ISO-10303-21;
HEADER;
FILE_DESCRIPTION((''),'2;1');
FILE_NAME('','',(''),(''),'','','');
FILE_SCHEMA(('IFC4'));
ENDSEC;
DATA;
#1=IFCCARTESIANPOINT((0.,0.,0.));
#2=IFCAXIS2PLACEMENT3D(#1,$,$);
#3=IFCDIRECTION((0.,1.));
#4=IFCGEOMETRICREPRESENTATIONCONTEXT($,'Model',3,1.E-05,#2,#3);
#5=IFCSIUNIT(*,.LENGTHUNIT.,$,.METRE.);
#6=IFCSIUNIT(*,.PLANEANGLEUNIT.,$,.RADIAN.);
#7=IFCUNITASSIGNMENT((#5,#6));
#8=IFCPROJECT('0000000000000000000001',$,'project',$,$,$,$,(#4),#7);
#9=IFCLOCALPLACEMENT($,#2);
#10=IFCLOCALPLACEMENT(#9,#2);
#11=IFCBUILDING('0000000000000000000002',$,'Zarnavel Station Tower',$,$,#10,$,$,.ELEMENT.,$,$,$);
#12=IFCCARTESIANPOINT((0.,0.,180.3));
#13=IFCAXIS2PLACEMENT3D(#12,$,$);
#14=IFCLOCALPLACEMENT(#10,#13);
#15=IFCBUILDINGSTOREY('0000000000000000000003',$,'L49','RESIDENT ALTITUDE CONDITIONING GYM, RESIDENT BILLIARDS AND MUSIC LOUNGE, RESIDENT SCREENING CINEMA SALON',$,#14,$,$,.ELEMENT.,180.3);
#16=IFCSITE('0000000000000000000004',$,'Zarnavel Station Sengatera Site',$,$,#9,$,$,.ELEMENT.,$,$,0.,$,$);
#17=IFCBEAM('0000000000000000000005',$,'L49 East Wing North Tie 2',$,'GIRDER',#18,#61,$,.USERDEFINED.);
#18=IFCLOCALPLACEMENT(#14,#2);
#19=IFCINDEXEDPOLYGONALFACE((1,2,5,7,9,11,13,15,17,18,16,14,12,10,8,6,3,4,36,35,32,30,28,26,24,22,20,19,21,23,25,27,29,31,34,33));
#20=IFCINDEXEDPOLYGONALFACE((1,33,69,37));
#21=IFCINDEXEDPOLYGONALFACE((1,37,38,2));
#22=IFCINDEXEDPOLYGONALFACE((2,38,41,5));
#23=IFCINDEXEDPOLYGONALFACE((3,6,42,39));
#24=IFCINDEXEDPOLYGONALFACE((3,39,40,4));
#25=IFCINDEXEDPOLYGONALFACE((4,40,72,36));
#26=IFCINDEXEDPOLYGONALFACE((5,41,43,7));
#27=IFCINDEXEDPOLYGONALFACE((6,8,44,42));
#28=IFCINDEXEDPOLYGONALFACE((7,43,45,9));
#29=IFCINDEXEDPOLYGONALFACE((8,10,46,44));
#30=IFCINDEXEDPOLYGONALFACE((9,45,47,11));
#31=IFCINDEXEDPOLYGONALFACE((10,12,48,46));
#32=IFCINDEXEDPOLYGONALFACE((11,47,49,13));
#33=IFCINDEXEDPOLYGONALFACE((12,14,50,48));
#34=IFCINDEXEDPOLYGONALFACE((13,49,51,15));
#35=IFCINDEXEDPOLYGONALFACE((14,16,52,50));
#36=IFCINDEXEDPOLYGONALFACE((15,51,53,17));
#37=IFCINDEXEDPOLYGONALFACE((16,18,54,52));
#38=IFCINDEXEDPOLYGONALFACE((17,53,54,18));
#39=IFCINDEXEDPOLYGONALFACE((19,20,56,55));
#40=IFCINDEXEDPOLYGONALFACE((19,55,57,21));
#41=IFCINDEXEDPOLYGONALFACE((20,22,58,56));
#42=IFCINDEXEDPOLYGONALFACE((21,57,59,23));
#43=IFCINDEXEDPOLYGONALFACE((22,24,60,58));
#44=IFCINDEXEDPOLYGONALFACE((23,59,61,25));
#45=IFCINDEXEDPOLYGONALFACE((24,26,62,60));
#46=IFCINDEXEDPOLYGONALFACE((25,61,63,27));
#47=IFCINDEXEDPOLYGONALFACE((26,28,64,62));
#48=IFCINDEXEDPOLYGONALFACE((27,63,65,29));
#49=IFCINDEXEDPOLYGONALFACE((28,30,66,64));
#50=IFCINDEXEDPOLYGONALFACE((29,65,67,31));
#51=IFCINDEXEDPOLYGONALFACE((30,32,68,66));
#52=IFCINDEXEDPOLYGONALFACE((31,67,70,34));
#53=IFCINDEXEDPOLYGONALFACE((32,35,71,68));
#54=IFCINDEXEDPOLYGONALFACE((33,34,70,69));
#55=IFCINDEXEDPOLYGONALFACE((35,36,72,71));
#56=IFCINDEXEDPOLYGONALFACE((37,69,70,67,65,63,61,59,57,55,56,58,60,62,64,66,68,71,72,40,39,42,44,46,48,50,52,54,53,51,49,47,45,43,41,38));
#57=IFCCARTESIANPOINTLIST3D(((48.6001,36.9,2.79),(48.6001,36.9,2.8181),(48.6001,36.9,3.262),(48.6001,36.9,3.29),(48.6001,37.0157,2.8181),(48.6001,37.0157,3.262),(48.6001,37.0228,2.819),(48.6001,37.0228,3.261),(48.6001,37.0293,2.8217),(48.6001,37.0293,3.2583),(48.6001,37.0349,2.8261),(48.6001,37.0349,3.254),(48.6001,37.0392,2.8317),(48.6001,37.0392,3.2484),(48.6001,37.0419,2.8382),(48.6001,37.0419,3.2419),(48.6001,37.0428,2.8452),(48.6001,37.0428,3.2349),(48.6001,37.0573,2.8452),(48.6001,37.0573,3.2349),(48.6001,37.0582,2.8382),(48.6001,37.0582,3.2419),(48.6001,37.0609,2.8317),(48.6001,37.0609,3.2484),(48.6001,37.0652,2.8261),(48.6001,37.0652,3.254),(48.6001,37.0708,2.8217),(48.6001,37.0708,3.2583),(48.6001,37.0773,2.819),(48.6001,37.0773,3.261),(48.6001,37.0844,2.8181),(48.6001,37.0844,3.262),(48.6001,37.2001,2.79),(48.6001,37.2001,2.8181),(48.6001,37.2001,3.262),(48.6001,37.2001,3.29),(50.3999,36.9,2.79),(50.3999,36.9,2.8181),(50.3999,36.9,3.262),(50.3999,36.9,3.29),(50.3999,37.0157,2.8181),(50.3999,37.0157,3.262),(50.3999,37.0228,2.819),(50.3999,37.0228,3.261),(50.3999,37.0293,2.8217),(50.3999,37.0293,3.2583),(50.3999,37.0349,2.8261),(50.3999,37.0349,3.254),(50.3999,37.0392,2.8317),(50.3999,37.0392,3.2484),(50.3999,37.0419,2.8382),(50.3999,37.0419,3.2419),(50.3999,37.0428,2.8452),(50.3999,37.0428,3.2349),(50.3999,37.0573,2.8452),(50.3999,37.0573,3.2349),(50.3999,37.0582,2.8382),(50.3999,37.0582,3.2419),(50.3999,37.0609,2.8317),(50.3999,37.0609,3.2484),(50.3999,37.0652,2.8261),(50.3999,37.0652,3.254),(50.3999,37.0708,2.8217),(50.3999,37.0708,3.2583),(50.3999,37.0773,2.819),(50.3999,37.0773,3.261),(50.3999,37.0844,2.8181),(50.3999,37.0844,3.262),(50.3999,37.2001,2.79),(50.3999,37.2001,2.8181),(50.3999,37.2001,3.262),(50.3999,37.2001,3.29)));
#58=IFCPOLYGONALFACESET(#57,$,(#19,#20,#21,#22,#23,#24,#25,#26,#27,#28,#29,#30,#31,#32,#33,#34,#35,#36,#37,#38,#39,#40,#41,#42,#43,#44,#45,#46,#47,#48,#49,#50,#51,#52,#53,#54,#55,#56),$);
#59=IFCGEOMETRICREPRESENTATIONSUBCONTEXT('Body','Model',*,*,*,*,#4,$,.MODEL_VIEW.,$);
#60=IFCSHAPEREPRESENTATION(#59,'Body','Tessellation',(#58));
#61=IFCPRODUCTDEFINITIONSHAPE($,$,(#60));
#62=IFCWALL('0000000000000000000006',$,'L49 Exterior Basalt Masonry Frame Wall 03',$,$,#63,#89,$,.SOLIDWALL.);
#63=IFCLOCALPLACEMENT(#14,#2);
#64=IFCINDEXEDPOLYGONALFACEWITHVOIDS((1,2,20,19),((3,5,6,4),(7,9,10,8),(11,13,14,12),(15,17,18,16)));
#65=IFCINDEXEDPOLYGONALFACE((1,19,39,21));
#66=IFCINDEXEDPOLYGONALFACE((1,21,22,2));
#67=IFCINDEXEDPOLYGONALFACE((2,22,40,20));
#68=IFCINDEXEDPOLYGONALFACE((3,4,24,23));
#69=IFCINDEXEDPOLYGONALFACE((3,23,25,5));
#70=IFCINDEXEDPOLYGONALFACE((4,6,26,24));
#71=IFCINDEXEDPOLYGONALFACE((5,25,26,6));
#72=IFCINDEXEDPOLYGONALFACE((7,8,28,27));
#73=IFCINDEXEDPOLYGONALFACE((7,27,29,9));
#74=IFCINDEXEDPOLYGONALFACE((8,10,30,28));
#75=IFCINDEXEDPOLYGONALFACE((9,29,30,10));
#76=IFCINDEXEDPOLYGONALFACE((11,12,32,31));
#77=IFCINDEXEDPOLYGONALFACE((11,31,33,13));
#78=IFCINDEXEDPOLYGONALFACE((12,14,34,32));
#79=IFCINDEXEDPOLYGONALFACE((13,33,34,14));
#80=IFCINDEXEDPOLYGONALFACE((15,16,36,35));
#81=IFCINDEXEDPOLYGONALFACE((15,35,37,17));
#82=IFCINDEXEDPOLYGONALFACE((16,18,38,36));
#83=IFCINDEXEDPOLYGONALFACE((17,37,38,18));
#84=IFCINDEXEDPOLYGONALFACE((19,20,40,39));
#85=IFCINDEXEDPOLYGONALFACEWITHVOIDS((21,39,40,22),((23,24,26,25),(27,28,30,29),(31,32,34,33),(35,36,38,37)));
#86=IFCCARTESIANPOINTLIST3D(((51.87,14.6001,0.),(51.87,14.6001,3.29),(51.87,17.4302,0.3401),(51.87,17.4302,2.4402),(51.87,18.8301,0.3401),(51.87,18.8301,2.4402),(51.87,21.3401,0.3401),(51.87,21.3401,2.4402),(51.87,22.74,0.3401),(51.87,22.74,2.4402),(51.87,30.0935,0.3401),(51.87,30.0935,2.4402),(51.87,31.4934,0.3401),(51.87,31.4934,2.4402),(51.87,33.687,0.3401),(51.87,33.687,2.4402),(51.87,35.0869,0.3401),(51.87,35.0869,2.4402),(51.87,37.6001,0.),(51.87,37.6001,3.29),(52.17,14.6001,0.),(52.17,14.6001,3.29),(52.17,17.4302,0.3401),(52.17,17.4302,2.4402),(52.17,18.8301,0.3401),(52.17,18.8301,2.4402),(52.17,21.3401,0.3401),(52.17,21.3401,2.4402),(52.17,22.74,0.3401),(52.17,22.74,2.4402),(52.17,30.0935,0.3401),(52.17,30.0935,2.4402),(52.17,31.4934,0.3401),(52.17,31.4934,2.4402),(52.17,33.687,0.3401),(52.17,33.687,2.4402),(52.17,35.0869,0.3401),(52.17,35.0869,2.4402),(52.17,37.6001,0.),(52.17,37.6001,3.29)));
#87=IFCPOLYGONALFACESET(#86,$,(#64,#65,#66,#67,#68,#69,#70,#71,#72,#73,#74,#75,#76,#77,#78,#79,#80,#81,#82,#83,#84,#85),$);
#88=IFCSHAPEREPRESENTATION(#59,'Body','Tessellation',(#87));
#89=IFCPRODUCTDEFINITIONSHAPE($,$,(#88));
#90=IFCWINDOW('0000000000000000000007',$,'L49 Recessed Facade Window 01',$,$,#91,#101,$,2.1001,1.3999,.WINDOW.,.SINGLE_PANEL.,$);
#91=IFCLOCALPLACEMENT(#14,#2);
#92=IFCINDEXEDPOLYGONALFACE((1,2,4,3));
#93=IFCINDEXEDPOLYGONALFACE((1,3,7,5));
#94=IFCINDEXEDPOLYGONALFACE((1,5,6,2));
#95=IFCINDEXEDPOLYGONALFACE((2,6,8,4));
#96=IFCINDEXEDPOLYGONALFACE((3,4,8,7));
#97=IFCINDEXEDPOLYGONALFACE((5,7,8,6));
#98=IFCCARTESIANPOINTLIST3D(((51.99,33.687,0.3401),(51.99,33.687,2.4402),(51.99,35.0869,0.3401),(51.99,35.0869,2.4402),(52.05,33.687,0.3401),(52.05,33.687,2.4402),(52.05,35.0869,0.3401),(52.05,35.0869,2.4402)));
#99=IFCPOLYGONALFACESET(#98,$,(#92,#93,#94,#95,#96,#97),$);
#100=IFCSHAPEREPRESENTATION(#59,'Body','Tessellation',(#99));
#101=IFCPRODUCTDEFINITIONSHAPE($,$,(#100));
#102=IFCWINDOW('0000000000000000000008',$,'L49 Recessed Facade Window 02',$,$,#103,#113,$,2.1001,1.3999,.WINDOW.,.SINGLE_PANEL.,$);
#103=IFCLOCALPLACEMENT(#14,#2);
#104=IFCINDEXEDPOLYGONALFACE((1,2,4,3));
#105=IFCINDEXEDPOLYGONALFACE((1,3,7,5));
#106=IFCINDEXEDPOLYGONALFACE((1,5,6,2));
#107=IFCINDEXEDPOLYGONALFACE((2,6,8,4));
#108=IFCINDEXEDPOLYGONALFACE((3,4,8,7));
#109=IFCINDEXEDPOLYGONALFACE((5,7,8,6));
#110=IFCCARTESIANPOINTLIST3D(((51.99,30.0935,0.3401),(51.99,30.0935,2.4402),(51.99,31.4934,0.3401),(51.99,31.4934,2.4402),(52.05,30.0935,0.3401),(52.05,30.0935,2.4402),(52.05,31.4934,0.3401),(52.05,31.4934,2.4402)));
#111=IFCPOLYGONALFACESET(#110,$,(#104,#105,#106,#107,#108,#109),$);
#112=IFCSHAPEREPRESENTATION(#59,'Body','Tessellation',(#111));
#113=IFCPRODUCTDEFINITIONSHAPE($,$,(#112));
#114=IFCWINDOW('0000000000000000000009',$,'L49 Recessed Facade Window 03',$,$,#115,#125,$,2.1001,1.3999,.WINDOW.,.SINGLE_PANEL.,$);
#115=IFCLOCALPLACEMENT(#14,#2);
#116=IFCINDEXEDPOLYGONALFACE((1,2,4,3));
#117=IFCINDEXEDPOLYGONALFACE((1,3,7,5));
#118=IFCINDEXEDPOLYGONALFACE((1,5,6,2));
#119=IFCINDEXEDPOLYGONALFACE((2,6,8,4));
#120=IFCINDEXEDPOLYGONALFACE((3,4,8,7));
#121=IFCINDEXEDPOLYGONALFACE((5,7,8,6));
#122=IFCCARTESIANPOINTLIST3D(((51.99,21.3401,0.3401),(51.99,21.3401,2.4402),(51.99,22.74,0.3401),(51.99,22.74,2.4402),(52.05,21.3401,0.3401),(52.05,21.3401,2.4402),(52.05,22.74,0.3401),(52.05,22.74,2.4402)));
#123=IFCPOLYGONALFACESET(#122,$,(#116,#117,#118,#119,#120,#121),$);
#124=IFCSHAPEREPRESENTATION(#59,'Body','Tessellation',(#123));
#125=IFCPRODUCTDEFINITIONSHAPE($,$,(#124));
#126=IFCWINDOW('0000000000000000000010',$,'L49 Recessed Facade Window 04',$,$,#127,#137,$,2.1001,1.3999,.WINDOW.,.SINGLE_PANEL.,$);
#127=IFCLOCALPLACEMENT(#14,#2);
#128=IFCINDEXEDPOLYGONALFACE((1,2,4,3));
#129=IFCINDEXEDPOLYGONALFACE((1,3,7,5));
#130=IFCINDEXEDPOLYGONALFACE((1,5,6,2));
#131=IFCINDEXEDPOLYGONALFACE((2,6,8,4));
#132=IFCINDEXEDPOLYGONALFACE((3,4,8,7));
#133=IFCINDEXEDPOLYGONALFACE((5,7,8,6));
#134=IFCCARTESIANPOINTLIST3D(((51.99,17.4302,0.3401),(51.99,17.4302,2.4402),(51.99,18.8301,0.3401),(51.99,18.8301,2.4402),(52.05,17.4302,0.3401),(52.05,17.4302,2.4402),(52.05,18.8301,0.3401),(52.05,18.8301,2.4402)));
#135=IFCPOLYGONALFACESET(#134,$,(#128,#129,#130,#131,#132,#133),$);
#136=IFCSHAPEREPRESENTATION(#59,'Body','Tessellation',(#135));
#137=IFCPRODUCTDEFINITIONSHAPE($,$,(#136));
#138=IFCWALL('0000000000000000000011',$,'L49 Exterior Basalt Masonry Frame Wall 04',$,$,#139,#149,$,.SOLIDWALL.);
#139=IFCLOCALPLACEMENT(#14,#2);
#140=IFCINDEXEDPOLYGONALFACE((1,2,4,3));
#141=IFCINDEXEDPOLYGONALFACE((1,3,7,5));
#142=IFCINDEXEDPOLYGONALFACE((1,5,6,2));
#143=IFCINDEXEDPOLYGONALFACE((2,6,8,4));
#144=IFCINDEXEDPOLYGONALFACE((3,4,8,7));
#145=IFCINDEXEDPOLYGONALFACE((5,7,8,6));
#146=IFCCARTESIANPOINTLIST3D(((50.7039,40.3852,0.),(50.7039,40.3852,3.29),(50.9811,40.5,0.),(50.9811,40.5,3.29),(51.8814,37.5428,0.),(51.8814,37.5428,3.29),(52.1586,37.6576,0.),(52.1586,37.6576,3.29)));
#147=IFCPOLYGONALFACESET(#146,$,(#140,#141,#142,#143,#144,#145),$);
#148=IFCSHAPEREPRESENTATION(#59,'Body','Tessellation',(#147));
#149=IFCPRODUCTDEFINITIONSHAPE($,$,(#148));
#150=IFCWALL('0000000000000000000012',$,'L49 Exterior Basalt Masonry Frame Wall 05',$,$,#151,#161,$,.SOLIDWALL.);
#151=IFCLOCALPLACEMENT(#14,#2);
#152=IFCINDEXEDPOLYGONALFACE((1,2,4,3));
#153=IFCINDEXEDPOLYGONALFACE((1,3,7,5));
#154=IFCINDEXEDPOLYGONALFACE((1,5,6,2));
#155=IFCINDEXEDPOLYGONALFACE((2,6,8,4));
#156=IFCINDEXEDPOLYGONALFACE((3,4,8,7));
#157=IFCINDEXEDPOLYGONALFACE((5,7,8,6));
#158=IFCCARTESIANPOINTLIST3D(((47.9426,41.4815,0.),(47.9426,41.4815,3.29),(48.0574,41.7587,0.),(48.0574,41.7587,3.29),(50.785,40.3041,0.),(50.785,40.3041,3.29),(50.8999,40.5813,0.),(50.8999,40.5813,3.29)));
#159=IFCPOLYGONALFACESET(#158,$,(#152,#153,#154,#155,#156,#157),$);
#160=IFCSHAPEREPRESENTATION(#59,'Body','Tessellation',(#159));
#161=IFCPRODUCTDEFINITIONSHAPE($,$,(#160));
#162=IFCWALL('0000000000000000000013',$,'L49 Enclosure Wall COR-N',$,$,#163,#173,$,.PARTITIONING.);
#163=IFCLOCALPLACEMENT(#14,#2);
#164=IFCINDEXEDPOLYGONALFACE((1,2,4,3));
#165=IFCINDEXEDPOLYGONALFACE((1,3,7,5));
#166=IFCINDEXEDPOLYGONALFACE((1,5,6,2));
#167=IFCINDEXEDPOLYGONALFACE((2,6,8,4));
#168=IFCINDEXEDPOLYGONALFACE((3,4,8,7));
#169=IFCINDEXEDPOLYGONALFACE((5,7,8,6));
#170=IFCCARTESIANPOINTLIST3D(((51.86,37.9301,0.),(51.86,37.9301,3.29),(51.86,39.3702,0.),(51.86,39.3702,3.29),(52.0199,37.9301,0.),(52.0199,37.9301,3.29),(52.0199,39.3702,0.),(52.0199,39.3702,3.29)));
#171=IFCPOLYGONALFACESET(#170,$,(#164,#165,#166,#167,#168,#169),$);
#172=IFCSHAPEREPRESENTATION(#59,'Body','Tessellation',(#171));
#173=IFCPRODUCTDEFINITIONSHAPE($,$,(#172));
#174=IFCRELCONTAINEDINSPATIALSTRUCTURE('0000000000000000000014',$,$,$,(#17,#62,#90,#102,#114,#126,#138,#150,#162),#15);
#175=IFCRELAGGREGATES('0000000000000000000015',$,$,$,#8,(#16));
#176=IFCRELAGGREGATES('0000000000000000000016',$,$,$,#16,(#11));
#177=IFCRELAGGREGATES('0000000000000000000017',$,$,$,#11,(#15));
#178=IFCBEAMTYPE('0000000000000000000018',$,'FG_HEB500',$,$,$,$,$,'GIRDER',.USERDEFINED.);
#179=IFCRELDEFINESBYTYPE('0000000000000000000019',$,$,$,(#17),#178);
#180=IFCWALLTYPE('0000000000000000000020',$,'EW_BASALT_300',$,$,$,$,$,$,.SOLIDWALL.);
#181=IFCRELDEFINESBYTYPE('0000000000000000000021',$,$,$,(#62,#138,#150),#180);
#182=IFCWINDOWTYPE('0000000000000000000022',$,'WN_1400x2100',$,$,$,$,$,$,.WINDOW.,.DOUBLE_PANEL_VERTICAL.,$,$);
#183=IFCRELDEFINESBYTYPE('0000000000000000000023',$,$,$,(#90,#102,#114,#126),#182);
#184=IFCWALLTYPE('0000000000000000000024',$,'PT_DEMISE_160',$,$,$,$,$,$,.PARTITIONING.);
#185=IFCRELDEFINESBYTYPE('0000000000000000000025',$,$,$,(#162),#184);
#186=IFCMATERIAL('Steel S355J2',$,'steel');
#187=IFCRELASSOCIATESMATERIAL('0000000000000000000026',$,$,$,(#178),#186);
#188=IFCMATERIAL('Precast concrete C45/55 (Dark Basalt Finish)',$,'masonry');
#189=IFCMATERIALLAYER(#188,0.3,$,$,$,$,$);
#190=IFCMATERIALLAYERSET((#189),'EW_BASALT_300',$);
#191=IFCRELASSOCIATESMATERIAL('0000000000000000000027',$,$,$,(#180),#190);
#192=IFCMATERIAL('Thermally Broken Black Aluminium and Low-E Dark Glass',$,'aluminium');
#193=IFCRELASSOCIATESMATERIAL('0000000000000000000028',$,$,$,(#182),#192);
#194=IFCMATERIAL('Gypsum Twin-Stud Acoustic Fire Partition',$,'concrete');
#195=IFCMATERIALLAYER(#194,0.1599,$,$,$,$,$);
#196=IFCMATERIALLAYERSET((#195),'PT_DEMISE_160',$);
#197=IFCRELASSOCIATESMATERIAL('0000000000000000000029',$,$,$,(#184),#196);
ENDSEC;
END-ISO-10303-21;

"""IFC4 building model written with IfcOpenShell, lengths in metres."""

from ifc_helpers import new_model, si_unit, direction, frame, frame_2d, origin, origin_2d, place, context, subcontext, project, spatial, rectangle, i_section, extrude, material, layer, layer_set, material_profile, profile_set, type_object, element, fill, save


model = new_model("IFC4")

# Units and contexts
model_context = context("Model", 3, precision=1e-05, world=origin(), true_north=direction((0.0, 1.0)))
body_context = subcontext(model_context, "Body", "Model", "MODEL_VIEW")
ifc_project = project(units=[si_unit("LENGTHUNIT", "METRE"), si_unit("PLANEANGLEUNIT", "RADIAN")], contexts=[model_context])

# Site, building, storey
site_placement = place(None, origin())
site = spatial("IfcSite", under=ifc_project, at=site_placement, Name="Zarnavel Station Sengatera Site", CompositionType="ELEMENT", RefElevation=0.0)
building_placement = place(site_placement, origin())
building = spatial("IfcBuilding", under=site, at=building_placement, Name="Zarnavel Station Tower", CompositionType="ELEMENT")
storey_placement = place(building_placement, frame((0.0, 0.0, 180.3)))
storey = spatial("IfcBuildingStorey", under=building, at=storey_placement, Name="L49", Description="RESIDENT ALTITUDE CONDITIONING GYM, RESIDENT BILLIARDS AND MUSIC LOUNGE, RESIDENT SCREENING CINEMA SALON", CompositionType="ELEMENT", Elevation=180.3)

# Beam
ifc_material_1 = material(Name="Steel S355J2", Category="steel")
ifc_material_profile_1 = material_profile(ifc_material_1, i_section(OverallWidth=0.3, OverallDepth=0.5, WebThickness=0.0144, FlangeThickness=0.0281, FilletRadius=0.0271, at=origin_2d()), Name="HEB500")
ifc_profile_set_1 = profile_set([ifc_material_profile_1], Name="Steel S355J2")
beam_type = type_object("IfcBeamType", Name="FG_HEB500", ElementType="GIRDER", PredefinedType="USERDEFINED", material=ifc_profile_set_1)
beam_1_placement = place(storey_placement, frame((48.6001, 37.05, 3.04), z_axis=(1.0, 0.0, 0.0), x_axis=(0.0, 1.0, 0.0)))
element("IfcBeam", 1, at=beam_1_placement, inside=storey, type_object=beam_type, Name="L49 East Wing North Tie 2", ObjectType="GIRDER", PredefinedType="USERDEFINED", context=body_context, shape_type="SweptSolid", body=[
    extrude(i_section(OverallWidth=0.3, OverallDepth=0.5, WebThickness=0.0144, FlangeThickness=0.0281, FilletRadius=0.0271, at=origin_2d()), origin(), (0.0, 0.0, 1.0), 1.7998),
])

# Wall, openings, windows
ifc_material_2 = material(Name="Precast concrete C45/55 (Dark Basalt Finish)", Category="masonry")
ifc_layer_1 = layer(ifc_material_2, 0.3)
ifc_layer_set_1 = layer_set([ifc_layer_1], Name="EW_BASALT_300")
wall_type_1 = type_object("IfcWallType", Name="EW_BASALT_300", PredefinedType="SOLIDWALL", material=ifc_layer_set_1)
wall_1_placement = place(storey_placement, frame((52.02, 37.6001, 0.0), z_axis=(0.0, 0.0, 1.0), x_axis=(0.0, -1.0, 0.0)))
wall_1 = element("IfcWall", 2, at=wall_1_placement, inside=storey, type_object=wall_type_1, Name="L49 Exterior Basalt Masonry Frame Wall 03", PredefinedType="SOLIDWALL", context=body_context, shape_type="SweptSolid", body=[
    extrude(rectangle(XDim=23.0, YDim=0.3, at=frame_2d((11.5, 0.0))), origin(), (0.0, 0.0, 1.0), 3.29),
])
opening_1_placement = place(wall_1_placement, frame((2.5132, 0.0, 0.3401)))
opening_1 = element("IfcOpeningElement", 3, at=opening_1_placement, cuts=wall_1, PredefinedType="OPENING", context=body_context, shape_type="SweptSolid", body=[
    extrude(rectangle(XDim=1.3999, YDim=2.1001, at=frame_2d((0.7, 1.05))), frame((0.0, 0.1599, 0.0), z_axis=(0.0, -1.0, 0.0), x_axis=(1.0, 0.0, 0.0)), (0.0, 0.0, 1.0), 0.3201),
])
opening_2_placement = place(wall_1_placement, frame((6.1067, 0.0, 0.3401)))
opening_2 = element("IfcOpeningElement", 4, at=opening_2_placement, cuts=wall_1, PredefinedType="OPENING", context=body_context, shape_type="SweptSolid", body=[
    extrude(rectangle(XDim=1.3999, YDim=2.1001, at=frame_2d((0.7, 1.05))), frame((0.0, 0.1599, 0.0), z_axis=(0.0, -1.0, 0.0), x_axis=(1.0, 0.0, 0.0)), (0.0, 0.0, 1.0), 0.3201),
])
opening_3_placement = place(wall_1_placement, frame((14.8601, 0.0, 0.3401)))
opening_3 = element("IfcOpeningElement", 5, at=opening_3_placement, cuts=wall_1, PredefinedType="OPENING", context=body_context, shape_type="SweptSolid", body=[
    extrude(rectangle(XDim=1.3999, YDim=2.1001, at=frame_2d((0.7, 1.05))), frame((0.0, 0.1599, 0.0), z_axis=(0.0, -1.0, 0.0), x_axis=(1.0, 0.0, 0.0)), (0.0, 0.0, 1.0), 0.3201),
])
opening_4_placement = place(wall_1_placement, frame((18.77, 0.0, 0.3401)))
opening_4 = element("IfcOpeningElement", 6, at=opening_4_placement, cuts=wall_1, PredefinedType="OPENING", context=body_context, shape_type="SweptSolid", body=[
    extrude(rectangle(XDim=1.3999, YDim=2.1001, at=frame_2d((0.7, 1.05))), frame((0.0, 0.1599, 0.0), z_axis=(0.0, -1.0, 0.0), x_axis=(1.0, 0.0, 0.0)), (0.0, 0.0, 1.0), 0.3201),
])
ifc_material_3 = material(Name="Thermally Broken Black Aluminium and Low-E Dark Glass", Category="aluminium")
window_type = type_object("IfcWindowType", Name="WN_1400x2100", PartitioningType="DOUBLE_PANEL_VERTICAL", PredefinedType="WINDOW", material=ifc_material_3)
window_1_placement = place(opening_1_placement, origin())
window_1 = element("IfcWindow", 7, at=window_1_placement, inside=storey, type_object=window_type, Name="L49 Recessed Facade Window 01", OverallHeight=2.1001, OverallWidth=1.3999, PartitioningType="SINGLE_PANEL", PredefinedType="WINDOW", context=body_context, shape_type="SweptSolid", body=[
    extrude(rectangle(XDim=1.3999, YDim=2.1001, at=frame_2d((0.7, 1.05))), frame((0.0, 0.03, 0.0), z_axis=(0.0, -1.0, 0.0), x_axis=(1.0, 0.0, 0.0)), (0.0, 0.0, 1.0), 0.0601),
])
fill(opening_1, window_1)
window_2_placement = place(opening_2_placement, origin())
window_2 = element("IfcWindow", 8, at=window_2_placement, inside=storey, type_object=window_type, Name="L49 Recessed Facade Window 02", OverallHeight=2.1001, OverallWidth=1.3999, PartitioningType="SINGLE_PANEL", PredefinedType="WINDOW", context=body_context, shape_type="SweptSolid", body=[
    extrude(rectangle(XDim=1.3999, YDim=2.1001, at=frame_2d((0.7, 1.05))), frame((0.0, 0.03, 0.0), z_axis=(0.0, -1.0, 0.0), x_axis=(1.0, 0.0, 0.0)), (0.0, 0.0, 1.0), 0.0601),
])
fill(opening_2, window_2)
window_3_placement = place(opening_3_placement, origin())
window_3 = element("IfcWindow", 9, at=window_3_placement, inside=storey, type_object=window_type, Name="L49 Recessed Facade Window 03", OverallHeight=2.1001, OverallWidth=1.3999, PartitioningType="SINGLE_PANEL", PredefinedType="WINDOW", context=body_context, shape_type="SweptSolid", body=[
    extrude(rectangle(XDim=1.3999, YDim=2.1001, at=frame_2d((0.7, 1.05))), frame((0.0, 0.03, 0.0), z_axis=(0.0, -1.0, 0.0), x_axis=(1.0, 0.0, 0.0)), (0.0, 0.0, 1.0), 0.0601),
])
fill(opening_3, window_3)
window_4_placement = place(opening_4_placement, origin())
window_4 = element("IfcWindow", 10, at=window_4_placement, inside=storey, type_object=window_type, Name="L49 Recessed Facade Window 04", OverallHeight=2.1001, OverallWidth=1.3999, PartitioningType="SINGLE_PANEL", PredefinedType="WINDOW", context=body_context, shape_type="SweptSolid", body=[
    extrude(rectangle(XDim=1.3999, YDim=2.1001, at=frame_2d((0.7, 1.05))), frame((0.0, 0.03, 0.0), z_axis=(0.0, -1.0, 0.0), x_axis=(1.0, 0.0, 0.0)), (0.0, 0.0, 1.0), 0.0601),
])
fill(opening_4, window_4)

# Walls
for number, where, z_axis, x_axis, name in (
    (11, (50.8425, 40.4426, 0.0), (0.0, 0.0, 1.0), (0.382705, -0.923871, 0.0), "L49 Exterior Basalt Masonry Frame Wall 04"),
    (12, (48.0, 41.6201, 0.0), (0.0, 0.0, 1.0), (0.923871, -0.382705, 0.0), "L49 Exterior Basalt Masonry Frame Wall 05"),
):
    element("IfcWall", number, at=place(storey_placement, frame(where, z_axis=z_axis, x_axis=x_axis)), inside=storey, type_object=wall_type_1, Name=name, PredefinedType="SOLIDWALL", context=body_context, shape_type="SweptSolid", body=[
        extrude(rectangle(XDim=3.0767, YDim=0.3, at=frame_2d((1.5383, 0.0))), origin(), (0.0, 0.0, 1.0), 3.29),
    ])
ifc_material_4 = material(Name="Gypsum Twin-Stud Acoustic Fire Partition", Category="concrete")
ifc_layer_2 = layer(ifc_material_4, 0.1599)
ifc_layer_set_2 = layer_set([ifc_layer_2], Name="PT_DEMISE_160")
wall_type_2 = type_object("IfcWallType", Name="PT_DEMISE_160", PredefinedType="PARTITIONING", material=ifc_layer_set_2)
wall_2_placement = place(storey_placement, frame((51.9399, 37.9299, 0.0), z_axis=(0.0, 0.0, 1.0), x_axis=(0.0, 1.0, 0.0)))
element("IfcWall", 13, at=wall_2_placement, inside=storey, type_object=wall_type_2, Name="L49 Enclosure Wall COR-N", PredefinedType="PARTITIONING", context=body_context, shape_type="SweptSolid", body=[
    extrude(rectangle(XDim=1.4402, YDim=0.1599, at=frame_2d((0.7202, 0.0))), origin(), (0.0, 0.0, 1.0), 3.29),
])

save(model, "model.ifc")
